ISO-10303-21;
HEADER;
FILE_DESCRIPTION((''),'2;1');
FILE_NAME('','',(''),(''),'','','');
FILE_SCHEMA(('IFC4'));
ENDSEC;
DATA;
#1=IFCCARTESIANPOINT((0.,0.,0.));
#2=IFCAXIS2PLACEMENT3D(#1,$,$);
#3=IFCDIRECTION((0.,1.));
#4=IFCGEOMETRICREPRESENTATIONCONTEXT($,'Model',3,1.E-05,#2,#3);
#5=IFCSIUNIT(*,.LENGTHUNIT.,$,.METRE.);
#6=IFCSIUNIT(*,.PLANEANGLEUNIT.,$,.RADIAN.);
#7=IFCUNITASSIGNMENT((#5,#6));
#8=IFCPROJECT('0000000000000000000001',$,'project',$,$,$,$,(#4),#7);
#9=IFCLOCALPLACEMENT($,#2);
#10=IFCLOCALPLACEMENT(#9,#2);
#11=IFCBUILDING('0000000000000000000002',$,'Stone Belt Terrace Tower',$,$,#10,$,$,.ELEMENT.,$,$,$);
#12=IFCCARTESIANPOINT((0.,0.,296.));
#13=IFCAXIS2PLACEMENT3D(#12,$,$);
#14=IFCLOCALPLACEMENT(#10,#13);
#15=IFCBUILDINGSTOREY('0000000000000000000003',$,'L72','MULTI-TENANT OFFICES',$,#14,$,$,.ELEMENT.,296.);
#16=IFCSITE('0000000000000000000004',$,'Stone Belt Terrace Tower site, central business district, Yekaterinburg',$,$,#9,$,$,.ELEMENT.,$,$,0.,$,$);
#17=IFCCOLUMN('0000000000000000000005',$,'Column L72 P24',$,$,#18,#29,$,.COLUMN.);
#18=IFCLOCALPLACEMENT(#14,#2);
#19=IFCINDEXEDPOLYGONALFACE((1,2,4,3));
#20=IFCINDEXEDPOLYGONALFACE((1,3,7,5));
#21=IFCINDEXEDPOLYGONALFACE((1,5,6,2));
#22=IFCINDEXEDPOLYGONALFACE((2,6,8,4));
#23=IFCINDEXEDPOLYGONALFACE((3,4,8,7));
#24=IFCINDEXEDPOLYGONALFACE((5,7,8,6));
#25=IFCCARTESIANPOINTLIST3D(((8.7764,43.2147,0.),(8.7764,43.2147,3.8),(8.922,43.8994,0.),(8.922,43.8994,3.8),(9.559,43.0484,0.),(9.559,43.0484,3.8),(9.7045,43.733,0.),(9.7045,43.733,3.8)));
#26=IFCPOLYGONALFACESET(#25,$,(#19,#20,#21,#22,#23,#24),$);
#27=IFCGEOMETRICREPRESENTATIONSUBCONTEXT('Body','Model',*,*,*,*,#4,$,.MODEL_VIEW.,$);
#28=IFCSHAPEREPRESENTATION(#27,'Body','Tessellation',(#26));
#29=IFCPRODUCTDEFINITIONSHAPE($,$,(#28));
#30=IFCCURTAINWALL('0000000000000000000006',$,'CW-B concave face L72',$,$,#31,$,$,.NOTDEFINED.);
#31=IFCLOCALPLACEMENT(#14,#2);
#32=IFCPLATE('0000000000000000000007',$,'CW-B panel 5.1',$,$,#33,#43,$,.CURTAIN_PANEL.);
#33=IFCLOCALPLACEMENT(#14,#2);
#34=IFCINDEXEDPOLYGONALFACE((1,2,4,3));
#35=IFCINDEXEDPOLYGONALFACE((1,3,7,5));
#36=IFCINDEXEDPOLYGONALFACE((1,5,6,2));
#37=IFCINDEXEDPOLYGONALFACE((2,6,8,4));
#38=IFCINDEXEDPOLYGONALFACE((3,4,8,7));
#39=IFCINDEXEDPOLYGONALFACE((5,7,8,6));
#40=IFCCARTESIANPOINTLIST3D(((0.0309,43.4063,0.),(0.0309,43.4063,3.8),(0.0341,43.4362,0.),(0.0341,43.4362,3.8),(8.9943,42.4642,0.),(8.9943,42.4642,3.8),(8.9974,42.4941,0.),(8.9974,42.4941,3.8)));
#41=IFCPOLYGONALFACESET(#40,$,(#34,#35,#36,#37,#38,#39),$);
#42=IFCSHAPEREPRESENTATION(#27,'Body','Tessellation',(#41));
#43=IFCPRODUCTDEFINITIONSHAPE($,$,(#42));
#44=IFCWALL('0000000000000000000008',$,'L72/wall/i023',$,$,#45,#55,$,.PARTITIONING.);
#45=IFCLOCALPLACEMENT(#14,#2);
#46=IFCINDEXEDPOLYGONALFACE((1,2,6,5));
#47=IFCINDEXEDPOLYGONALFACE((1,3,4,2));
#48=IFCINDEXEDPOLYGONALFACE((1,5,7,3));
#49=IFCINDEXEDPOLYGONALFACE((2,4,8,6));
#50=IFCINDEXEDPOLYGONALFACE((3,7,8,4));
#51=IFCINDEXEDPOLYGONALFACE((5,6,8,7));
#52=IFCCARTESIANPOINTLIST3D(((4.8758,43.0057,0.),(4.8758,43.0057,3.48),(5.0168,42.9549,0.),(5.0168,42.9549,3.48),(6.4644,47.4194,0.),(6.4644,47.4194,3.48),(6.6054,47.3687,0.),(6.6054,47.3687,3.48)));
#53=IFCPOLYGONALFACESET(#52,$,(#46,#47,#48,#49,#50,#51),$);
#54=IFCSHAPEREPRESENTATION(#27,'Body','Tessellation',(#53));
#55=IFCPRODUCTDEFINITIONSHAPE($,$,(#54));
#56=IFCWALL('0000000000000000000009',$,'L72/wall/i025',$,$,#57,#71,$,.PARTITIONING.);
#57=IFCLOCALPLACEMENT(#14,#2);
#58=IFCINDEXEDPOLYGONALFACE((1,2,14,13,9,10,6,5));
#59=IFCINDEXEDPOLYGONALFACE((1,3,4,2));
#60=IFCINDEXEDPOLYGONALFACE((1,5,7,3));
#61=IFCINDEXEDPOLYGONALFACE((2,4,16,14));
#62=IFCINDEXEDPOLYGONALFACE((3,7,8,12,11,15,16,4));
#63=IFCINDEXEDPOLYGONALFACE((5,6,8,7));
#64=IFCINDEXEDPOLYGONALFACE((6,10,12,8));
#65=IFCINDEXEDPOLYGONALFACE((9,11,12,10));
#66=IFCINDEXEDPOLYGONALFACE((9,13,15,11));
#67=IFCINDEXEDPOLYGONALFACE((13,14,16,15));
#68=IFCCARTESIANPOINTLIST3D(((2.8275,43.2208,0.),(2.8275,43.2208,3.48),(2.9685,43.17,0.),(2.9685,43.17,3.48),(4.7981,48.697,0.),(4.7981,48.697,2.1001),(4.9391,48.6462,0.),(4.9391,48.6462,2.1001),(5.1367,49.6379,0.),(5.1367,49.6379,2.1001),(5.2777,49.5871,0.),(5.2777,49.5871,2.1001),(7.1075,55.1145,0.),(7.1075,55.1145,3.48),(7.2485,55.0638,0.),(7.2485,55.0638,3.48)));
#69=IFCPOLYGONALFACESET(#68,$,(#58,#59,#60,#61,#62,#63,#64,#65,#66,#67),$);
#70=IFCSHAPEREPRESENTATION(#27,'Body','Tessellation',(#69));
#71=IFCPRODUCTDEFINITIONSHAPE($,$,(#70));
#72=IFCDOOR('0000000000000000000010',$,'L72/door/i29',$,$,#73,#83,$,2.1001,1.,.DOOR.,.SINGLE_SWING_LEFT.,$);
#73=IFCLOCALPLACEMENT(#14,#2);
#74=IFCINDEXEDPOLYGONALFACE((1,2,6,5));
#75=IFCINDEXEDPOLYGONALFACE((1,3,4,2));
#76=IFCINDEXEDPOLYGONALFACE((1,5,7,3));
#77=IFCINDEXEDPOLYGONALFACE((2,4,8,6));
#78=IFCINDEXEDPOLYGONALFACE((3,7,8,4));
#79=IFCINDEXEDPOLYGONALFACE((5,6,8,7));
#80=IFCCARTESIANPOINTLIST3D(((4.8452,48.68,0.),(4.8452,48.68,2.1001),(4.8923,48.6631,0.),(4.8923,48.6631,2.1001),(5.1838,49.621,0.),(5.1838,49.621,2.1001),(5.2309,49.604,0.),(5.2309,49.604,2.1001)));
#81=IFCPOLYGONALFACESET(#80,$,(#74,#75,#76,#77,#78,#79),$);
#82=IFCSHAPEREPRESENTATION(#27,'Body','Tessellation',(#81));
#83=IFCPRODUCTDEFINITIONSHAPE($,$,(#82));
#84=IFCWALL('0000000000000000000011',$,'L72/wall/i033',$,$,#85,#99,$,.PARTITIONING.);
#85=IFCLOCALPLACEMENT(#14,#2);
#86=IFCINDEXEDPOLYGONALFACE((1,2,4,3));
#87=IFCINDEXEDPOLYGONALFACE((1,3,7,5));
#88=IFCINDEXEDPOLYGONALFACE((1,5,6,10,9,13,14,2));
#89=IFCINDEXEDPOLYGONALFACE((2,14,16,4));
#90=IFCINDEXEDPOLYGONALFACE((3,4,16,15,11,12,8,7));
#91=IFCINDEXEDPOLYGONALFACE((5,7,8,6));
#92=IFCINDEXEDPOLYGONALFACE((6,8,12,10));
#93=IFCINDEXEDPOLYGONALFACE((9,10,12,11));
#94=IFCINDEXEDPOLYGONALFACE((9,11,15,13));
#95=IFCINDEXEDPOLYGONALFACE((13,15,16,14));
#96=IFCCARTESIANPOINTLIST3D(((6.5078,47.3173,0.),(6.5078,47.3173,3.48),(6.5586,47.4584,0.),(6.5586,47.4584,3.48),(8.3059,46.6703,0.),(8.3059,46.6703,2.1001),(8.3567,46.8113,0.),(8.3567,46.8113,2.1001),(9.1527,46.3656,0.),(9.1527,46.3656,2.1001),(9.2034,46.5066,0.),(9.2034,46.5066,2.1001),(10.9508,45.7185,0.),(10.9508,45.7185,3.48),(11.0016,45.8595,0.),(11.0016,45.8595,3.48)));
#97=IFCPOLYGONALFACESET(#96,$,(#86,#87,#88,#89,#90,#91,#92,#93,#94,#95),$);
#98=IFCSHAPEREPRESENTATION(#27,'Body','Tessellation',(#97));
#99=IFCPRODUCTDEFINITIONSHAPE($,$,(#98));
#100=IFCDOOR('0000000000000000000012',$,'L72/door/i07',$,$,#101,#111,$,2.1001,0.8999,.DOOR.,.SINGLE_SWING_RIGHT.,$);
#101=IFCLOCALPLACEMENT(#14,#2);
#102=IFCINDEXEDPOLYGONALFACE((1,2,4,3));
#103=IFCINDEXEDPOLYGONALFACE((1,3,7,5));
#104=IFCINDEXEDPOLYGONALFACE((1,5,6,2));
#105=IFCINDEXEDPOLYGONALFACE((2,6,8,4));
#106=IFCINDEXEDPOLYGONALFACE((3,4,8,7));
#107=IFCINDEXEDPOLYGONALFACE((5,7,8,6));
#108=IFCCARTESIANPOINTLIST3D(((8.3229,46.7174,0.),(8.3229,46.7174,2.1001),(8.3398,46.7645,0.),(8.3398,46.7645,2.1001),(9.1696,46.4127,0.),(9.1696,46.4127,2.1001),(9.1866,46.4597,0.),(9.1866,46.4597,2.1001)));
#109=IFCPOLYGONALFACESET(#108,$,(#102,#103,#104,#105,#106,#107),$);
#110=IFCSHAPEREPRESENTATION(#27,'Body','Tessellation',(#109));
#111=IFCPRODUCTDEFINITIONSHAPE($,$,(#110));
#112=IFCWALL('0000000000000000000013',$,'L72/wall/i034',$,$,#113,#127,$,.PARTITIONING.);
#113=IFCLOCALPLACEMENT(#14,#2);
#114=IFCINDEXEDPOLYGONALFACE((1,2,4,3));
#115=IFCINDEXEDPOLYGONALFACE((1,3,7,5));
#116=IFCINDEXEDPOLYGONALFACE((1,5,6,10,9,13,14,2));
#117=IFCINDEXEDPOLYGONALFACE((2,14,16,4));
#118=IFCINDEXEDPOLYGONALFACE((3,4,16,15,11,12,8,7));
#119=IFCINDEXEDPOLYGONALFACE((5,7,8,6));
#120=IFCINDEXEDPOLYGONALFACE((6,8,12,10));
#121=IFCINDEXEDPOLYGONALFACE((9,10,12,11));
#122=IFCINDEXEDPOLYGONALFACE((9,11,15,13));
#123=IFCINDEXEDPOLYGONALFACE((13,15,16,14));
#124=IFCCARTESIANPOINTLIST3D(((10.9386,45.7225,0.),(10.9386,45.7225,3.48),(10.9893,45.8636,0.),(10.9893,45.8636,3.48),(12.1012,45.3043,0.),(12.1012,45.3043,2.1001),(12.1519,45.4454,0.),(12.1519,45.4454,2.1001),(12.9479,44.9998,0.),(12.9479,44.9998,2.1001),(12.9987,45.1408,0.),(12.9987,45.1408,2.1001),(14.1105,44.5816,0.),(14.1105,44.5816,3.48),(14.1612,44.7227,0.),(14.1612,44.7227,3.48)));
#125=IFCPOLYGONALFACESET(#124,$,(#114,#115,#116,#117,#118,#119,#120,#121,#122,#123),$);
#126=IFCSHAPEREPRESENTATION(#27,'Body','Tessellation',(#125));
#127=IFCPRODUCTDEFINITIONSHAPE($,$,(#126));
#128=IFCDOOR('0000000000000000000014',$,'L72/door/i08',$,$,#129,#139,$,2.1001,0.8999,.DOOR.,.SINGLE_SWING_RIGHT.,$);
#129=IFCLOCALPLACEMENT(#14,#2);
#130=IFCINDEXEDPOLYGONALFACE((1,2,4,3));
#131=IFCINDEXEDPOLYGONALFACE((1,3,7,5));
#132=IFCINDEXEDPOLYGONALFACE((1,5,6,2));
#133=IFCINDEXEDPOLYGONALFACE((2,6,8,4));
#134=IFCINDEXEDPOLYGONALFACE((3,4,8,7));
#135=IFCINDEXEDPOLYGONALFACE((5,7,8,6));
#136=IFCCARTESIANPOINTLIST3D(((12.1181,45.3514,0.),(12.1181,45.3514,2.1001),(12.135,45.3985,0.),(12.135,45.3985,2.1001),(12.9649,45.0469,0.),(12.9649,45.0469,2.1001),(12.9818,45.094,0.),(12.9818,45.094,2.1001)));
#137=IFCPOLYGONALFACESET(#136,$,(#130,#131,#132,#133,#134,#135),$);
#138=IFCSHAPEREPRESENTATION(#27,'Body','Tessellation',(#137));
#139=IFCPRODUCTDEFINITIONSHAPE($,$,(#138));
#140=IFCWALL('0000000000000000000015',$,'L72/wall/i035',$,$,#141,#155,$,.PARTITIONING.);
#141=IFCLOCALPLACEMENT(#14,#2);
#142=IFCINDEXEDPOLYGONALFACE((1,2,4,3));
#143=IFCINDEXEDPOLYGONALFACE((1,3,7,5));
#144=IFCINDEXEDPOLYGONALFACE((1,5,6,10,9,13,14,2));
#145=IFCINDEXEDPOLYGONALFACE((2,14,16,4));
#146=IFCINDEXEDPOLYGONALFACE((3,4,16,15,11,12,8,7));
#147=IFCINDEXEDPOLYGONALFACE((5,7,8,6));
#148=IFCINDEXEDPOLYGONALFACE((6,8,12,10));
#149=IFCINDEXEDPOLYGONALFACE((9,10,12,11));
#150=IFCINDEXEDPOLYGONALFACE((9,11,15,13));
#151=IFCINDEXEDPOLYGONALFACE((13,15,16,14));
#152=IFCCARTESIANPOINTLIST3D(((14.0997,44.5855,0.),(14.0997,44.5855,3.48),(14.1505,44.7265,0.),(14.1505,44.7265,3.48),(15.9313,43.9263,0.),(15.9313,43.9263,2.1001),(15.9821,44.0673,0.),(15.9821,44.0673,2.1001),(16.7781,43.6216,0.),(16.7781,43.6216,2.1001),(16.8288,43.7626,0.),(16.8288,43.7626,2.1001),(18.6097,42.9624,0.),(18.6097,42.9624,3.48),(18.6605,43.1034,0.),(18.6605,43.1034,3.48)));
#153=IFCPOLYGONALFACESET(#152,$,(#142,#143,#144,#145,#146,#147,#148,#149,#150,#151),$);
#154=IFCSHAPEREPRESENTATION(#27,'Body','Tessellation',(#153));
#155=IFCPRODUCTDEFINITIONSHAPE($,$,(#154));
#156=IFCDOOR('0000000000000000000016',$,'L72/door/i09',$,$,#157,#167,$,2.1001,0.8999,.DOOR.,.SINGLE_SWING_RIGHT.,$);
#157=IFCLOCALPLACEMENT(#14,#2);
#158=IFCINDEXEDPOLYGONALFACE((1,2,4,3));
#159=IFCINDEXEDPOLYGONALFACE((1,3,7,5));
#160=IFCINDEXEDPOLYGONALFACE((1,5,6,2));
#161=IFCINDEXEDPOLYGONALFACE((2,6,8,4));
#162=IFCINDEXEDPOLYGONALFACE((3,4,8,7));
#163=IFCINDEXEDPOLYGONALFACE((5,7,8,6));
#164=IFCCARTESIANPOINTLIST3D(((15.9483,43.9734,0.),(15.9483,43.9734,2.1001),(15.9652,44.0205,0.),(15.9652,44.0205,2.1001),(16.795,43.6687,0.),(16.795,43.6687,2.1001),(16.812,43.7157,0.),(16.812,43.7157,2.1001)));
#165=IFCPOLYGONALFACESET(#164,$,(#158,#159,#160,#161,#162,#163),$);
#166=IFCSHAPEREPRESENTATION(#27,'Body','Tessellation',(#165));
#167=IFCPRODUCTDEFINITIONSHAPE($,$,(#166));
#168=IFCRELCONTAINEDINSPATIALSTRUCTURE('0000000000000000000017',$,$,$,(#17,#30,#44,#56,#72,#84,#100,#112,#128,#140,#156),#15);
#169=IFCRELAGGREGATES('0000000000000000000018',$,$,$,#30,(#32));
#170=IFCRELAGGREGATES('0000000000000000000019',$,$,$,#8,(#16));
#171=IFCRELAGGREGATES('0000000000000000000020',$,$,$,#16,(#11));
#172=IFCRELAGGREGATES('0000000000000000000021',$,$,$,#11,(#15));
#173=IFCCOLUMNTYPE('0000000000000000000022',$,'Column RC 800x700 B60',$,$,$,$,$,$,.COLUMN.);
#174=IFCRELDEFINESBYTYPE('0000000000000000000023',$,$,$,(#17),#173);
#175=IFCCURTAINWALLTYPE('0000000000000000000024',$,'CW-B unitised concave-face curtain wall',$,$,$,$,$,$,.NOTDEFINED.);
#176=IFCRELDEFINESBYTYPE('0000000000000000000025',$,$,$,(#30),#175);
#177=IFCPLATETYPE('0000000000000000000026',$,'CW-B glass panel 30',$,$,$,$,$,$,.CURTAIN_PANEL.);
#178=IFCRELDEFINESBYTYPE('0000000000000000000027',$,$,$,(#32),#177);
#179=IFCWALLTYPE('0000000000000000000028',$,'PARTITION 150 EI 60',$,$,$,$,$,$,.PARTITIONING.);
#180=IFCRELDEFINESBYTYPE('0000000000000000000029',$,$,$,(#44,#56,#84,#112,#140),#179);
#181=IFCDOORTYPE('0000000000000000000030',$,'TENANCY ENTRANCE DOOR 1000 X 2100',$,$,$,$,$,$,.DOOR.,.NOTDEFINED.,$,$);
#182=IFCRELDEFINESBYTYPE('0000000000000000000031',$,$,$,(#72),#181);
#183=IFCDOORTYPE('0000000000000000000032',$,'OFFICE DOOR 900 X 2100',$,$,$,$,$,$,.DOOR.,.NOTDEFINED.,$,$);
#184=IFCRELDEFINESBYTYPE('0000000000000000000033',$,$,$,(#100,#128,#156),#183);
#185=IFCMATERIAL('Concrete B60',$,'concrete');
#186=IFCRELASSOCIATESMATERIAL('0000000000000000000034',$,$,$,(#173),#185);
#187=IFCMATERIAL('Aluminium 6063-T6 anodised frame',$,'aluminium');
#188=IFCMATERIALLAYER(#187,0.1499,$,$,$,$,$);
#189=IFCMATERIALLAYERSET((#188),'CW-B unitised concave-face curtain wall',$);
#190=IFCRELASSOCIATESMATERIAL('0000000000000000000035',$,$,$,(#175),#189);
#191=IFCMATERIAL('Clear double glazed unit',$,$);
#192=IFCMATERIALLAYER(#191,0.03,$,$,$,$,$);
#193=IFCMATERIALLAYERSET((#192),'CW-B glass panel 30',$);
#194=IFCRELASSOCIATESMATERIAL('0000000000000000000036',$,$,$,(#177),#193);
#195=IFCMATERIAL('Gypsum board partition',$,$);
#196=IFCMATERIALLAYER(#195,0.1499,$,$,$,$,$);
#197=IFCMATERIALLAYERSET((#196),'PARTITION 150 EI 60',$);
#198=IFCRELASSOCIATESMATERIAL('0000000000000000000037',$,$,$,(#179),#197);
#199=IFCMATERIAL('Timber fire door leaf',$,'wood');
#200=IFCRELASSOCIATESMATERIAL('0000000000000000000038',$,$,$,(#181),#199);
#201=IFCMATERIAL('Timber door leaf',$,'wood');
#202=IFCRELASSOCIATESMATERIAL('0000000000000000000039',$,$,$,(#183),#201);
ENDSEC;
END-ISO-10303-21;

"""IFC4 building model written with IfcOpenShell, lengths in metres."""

from ifc_helpers import new_model, si_unit, direction, frame, frame_2d, origin, origin_2d, place, context, subcontext, project, spatial, rectangle, extrude, material, layer, layer_set, material_profile, profile_set, type_object, element, fill, aggregate, save


model = new_model("IFC4")

# Units and contexts
model_context = context("Model", 3, precision=1e-05, world=origin(), true_north=direction((0.0, 1.0)))
body_context = subcontext(model_context, "Body", "Model", "MODEL_VIEW")
ifc_project = project(units=[si_unit("LENGTHUNIT", "METRE"), si_unit("PLANEANGLEUNIT", "RADIAN")], contexts=[model_context])

# Site, building, storey
site_placement = place(None, origin())
site = spatial("IfcSite", under=ifc_project, at=site_placement, Name="Stone Belt Terrace Tower site, central business district, Yekaterinburg", CompositionType="ELEMENT", RefElevation=0.0)
building_placement = place(site_placement, origin())
building = spatial("IfcBuilding", under=site, at=building_placement, Name="Stone Belt Terrace Tower", CompositionType="ELEMENT")
storey_placement = place(building_placement, frame((0.0, 0.0, 296.0)))
storey = spatial("IfcBuildingStorey", under=building, at=storey_placement, Name="L72", Description="MULTI-TENANT OFFICES", CompositionType="ELEMENT", Elevation=296.0)

# Column
ifc_material_1 = material(Name="Concrete B60", Category="concrete")
ifc_material_profile = material_profile(ifc_material_1, rectangle(XDim=0.8, YDim=0.7, at=origin_2d()), Name="RC 800x700")
ifc_profile_set = profile_set([ifc_material_profile], Name="Concrete B60")
column_type = type_object("IfcColumnType", Name="Column RC 800x700 B60", PredefinedType="COLUMN", material=ifc_profile_set)
column_placement = place(storey_placement, frame((9.2405, 43.4739, 0.0), z_axis=(0.0, 0.0, 1.0), x_axis=(0.978148, -0.207912, 0.0)))
element("IfcColumn", 1, at=column_placement, inside=storey, type_object=column_type, Name="Column L72 P24", PredefinedType="COLUMN", context=body_context, shape_type="SweptSolid", body=[
    extrude(rectangle(XDim=0.8, YDim=0.7, at=origin_2d()), origin(), (0.0, 0.0, 1.0), 3.8),
])

# Curtain wall, plate
ifc_material_2 = material(Name="Aluminium 6063-T6 anodised frame", Category="aluminium")
ifc_layer_1 = layer(ifc_material_2, 0.1499)
ifc_layer_set_1 = layer_set([ifc_layer_1], Name="CW-B unitised concave-face curtain wall")
curtain_wall_type = type_object("IfcCurtainWallType", Name="CW-B unitised concave-face curtain wall", PredefinedType="NOTDEFINED", material=ifc_layer_set_1)
curtain_wall_placement = place(storey_placement, origin())
curtain_wall = element("IfcCurtainWall", 2, at=curtain_wall_placement, inside=storey, type_object=curtain_wall_type, Name="CW-B concave face L72", PredefinedType="NOTDEFINED")
ifc_material_3 = material(Name="Clear double glazed unit")
ifc_layer_2 = layer(ifc_material_3, 0.03)
ifc_layer_set_2 = layer_set([ifc_layer_2], Name="CW-B glass panel 30")
plate_type = type_object("IfcPlateType", Name="CW-B glass panel 30", PredefinedType="CURTAIN_PANEL", material=ifc_layer_set_2)
plate_placement = place(storey_placement, frame((4.5142, 42.9502, 0.0), z_axis=(0.0, 0.0, 1.0), x_axis=(0.994522, -0.104528, 0.0)))
plate = element("IfcPlate", 3, at=plate_placement, type_object=plate_type, Name="CW-B panel 5.1", PredefinedType="CURTAIN_PANEL", context=body_context, shape_type="SweptSolid", body=[
    extrude(rectangle(XDim=9.0127, YDim=0.03, at=origin_2d()), origin(), (0.0, 0.0, 1.0), 3.8),
])
aggregate(curtain_wall, [plate])

# Wall
ifc_material_4 = material(Name="Gypsum board partition")
ifc_layer_3 = layer(ifc_material_4, 0.1499)
ifc_layer_set_3 = layer_set([ifc_layer_3], Name="PARTITION 150 EI 60")
wall_type_1 = type_object("IfcWallType", Name="PARTITION 150 EI 60", PredefinedType="PARTITIONING", material=ifc_layer_set_3)
wall_1_placement = place(storey_placement, frame((6.5349, 47.394, 0.0), z_axis=(0.0, 0.0, 1.0), x_axis=(-0.338653, -0.940911, 0.0)))
element("IfcWall", 4, at=wall_1_placement, inside=storey, type_object=wall_type_1, Name="L72/wall/i023", PredefinedType="PARTITIONING", context=body_context, shape_type="SweptSolid", body=[
    extrude(rectangle(XDim=4.6909, YDim=0.1499, at=frame_2d((2.3455, 0.0))), origin(), (0.0, 0.0, 1.0), 3.48),
])

# Walls, openings, doors
wall_2_placement = place(storey_placement, frame((2.8979, 43.1953, 0.0), z_axis=(0.0, 0.0, 1.0), x_axis=(0.338598, 0.940931, 0.0)))
wall_2 = element("IfcWall", 5, at=wall_2_placement, inside=storey, type_object=wall_type_1, Name="L72/wall/i025", PredefinedType="PARTITIONING", context=body_context, shape_type="SweptSolid", body=[
    extrude(rectangle(XDim=12.6404, YDim=0.1499, at=frame_2d((6.3203, 0.0))), origin(), (0.0, 0.0, 1.0), 3.48),
])
opening_1_placement = place(wall_2_placement, frame((5.8201, 0.0, 0.0)))
opening_1 = element("IfcOpeningElement", 6, at=opening_1_placement, cuts=wall_2, PredefinedType="OPENING", context=body_context, shape_type="SweptSolid", body=[
    extrude(rectangle(XDim=1.0, YDim=2.1001, at=frame_2d((0.5, 1.05))), frame((0.0, 0.085, 0.0), z_axis=(0.0, -1.0, 0.0), x_axis=(1.0, 0.0, 0.0)), (0.0, 0.0, 1.0), 0.1699),
])
ifc_material_5 = material(Name="Timber fire door leaf", Category="wood")
door_type_1 = type_object("IfcDoorType", Name="TENANCY ENTRANCE DOOR 1000 X 2100", OperationType="NOTDEFINED", PredefinedType="DOOR", material=ifc_material_5)
door_1_placement = place(opening_1_placement, origin())
door_1 = element("IfcDoor", 7, at=door_1_placement, inside=storey, type_object=door_type_1, Name="L72/door/i29", OperationType="SINGLE_SWING_LEFT", OverallHeight=2.1001, OverallWidth=1.0, PredefinedType="DOOR", context=body_context, shape_type="SweptSolid", body=[
    extrude(rectangle(XDim=1.0, YDim=2.1001, at=frame_2d((0.5, 1.05))), frame((0.0, 0.0249, 0.0), z_axis=(0.0, -1.0, 0.0), x_axis=(1.0, 0.0, 0.0)), (0.0, 0.0, 1.0), 0.05),
])
fill(opening_1, door_1)
wall_3_placement = place(storey_placement, frame((10.9761, 45.7891, 0.0), z_axis=(0.0, 0.0, 1.0), x_axis=(-0.940931, 0.338599, 0.0)))
wall_3 = element("IfcWall", 8, at=wall_3_placement, inside=storey, type_object=wall_type_1, Name="L72/wall/i033", PredefinedType="PARTITIONING", context=body_context, shape_type="SweptSolid", body=[
    extrude(rectangle(XDim=4.7219, YDim=0.1499, at=frame_2d((2.3608, 0.0))), origin(), (0.0, 0.0, 1.0), 3.48),
])
opening_2_placement = place(wall_3_placement, frame((1.9109, 0.0, 0.0)))
opening_2 = element("IfcOpeningElement", 9, at=opening_2_placement, cuts=wall_3, PredefinedType="OPENING", context=body_context, shape_type="SweptSolid", body=[
    extrude(rectangle(XDim=0.8999, YDim=2.1001, at=frame_2d((0.45, 1.05))), frame((0.0, 0.085, 0.0), z_axis=(0.0, -1.0, 0.0), x_axis=(1.0, 0.0, 0.0)), (0.0, 0.0, 1.0), 0.1699),
])
ifc_material_6 = material(Name="Timber door leaf", Category="wood")
door_type_2 = type_object("IfcDoorType", Name="OFFICE DOOR 900 X 2100", OperationType="NOTDEFINED", PredefinedType="DOOR", material=ifc_material_6)
door_2_placement = place(opening_2_placement, origin())
door_2 = element("IfcDoor", 10, at=door_2_placement, inside=storey, type_object=door_type_2, Name="L72/door/i07", OperationType="SINGLE_SWING_RIGHT", OverallHeight=2.1001, OverallWidth=0.8999, PredefinedType="DOOR", context=body_context, shape_type="SweptSolid", body=[
    extrude(rectangle(XDim=0.8999, YDim=2.1001, at=frame_2d((0.45, 1.05))), frame((0.0, 0.0249, 0.0), z_axis=(0.0, -1.0, 0.0), x_axis=(1.0, 0.0, 0.0)), (0.0, 0.0, 1.0), 0.05),
])
fill(opening_2, door_2)
wall_4_placement = place(storey_placement, frame((14.136, 44.6521, 0.0), z_axis=(0.0, 0.0, 1.0), x_axis=(-0.940982, 0.338455, 0.0)))
wall_4 = element("IfcWall", 11, at=wall_4_placement, inside=storey, type_object=wall_type_1, Name="L72/wall/i034", PredefinedType="PARTITIONING", context=body_context, shape_type="SweptSolid", body=[
    extrude(rectangle(XDim=3.3708, YDim=0.1499, at=frame_2d((1.6855, 0.0))), origin(), (0.0, 0.0, 1.0), 3.48),
])
opening_3_placement = place(wall_4_placement, frame((1.2356, 0.0, 0.0)))
opening_3 = element("IfcOpeningElement", 12, at=opening_3_placement, cuts=wall_4, PredefinedType="OPENING", context=body_context, shape_type="SweptSolid", body=[
    extrude(rectangle(XDim=0.8999, YDim=2.1001, at=frame_2d((0.45, 1.05))), frame((0.0, 0.085, 0.0), z_axis=(0.0, -1.0, 0.0), x_axis=(1.0, 0.0, 0.0)), (0.0, 0.0, 1.0), 0.1699),
])
door_3_placement = place(opening_3_placement, origin())
door_3 = element("IfcDoor", 13, at=door_3_placement, inside=storey, type_object=door_type_2, Name="L72/door/i08", OperationType="SINGLE_SWING_RIGHT", OverallHeight=2.1001, OverallWidth=0.8999, PredefinedType="DOOR", context=body_context, shape_type="SweptSolid", body=[
    extrude(rectangle(XDim=0.8999, YDim=2.1001, at=frame_2d((0.45, 1.05))), frame((0.0, 0.0249, 0.0), z_axis=(0.0, -1.0, 0.0), x_axis=(1.0, 0.0, 0.0)), (0.0, 0.0, 1.0), 0.05),
])
fill(opening_3, door_3)
wall_5_placement = place(storey_placement, frame((18.635, 43.033, 0.0), z_axis=(0.0, 0.0, 1.0), x_axis=(-0.940924, 0.338617, 0.0)))
wall_5 = element("IfcWall", 14, at=wall_5_placement, inside=storey, type_object=wall_type_1, Name="L72/wall/i035", PredefinedType="PARTITIONING", context=body_context, shape_type="SweptSolid", body=[
    extrude(rectangle(XDim=4.7932, YDim=0.1499, at=frame_2d((2.3965, 0.0))), origin(), (0.0, 0.0, 1.0), 3.48),
])
opening_4_placement = place(wall_5_placement, frame((1.9465, 0.0, 0.0)))
opening_4 = element("IfcOpeningElement", 15, at=opening_4_placement, cuts=wall_5, PredefinedType="OPENING", context=body_context, shape_type="SweptSolid", body=[
    extrude(rectangle(XDim=0.8999, YDim=2.1001, at=frame_2d((0.45, 1.05))), frame((0.0, 0.085, 0.0), z_axis=(0.0, -1.0, 0.0), x_axis=(1.0, 0.0, 0.0)), (0.0, 0.0, 1.0), 0.1699),
])
door_4_placement = place(opening_4_placement, origin())
door_4 = element("IfcDoor", 16, at=door_4_placement, inside=storey, type_object=door_type_2, Name="L72/door/i09", OperationType="SINGLE_SWING_RIGHT", OverallHeight=2.1001, OverallWidth=0.8999, PredefinedType="DOOR", context=body_context, shape_type="SweptSolid", body=[
    extrude(rectangle(XDim=0.8999, YDim=2.1001, at=frame_2d((0.45, 1.05))), frame((0.0, 0.0249, 0.0), z_axis=(0.0, -1.0, 0.0), x_axis=(1.0, 0.0, 0.0)), (0.0, 0.0, 1.0), 0.05),
])
fill(opening_4, door_4)

save(model, "model.ifc")
